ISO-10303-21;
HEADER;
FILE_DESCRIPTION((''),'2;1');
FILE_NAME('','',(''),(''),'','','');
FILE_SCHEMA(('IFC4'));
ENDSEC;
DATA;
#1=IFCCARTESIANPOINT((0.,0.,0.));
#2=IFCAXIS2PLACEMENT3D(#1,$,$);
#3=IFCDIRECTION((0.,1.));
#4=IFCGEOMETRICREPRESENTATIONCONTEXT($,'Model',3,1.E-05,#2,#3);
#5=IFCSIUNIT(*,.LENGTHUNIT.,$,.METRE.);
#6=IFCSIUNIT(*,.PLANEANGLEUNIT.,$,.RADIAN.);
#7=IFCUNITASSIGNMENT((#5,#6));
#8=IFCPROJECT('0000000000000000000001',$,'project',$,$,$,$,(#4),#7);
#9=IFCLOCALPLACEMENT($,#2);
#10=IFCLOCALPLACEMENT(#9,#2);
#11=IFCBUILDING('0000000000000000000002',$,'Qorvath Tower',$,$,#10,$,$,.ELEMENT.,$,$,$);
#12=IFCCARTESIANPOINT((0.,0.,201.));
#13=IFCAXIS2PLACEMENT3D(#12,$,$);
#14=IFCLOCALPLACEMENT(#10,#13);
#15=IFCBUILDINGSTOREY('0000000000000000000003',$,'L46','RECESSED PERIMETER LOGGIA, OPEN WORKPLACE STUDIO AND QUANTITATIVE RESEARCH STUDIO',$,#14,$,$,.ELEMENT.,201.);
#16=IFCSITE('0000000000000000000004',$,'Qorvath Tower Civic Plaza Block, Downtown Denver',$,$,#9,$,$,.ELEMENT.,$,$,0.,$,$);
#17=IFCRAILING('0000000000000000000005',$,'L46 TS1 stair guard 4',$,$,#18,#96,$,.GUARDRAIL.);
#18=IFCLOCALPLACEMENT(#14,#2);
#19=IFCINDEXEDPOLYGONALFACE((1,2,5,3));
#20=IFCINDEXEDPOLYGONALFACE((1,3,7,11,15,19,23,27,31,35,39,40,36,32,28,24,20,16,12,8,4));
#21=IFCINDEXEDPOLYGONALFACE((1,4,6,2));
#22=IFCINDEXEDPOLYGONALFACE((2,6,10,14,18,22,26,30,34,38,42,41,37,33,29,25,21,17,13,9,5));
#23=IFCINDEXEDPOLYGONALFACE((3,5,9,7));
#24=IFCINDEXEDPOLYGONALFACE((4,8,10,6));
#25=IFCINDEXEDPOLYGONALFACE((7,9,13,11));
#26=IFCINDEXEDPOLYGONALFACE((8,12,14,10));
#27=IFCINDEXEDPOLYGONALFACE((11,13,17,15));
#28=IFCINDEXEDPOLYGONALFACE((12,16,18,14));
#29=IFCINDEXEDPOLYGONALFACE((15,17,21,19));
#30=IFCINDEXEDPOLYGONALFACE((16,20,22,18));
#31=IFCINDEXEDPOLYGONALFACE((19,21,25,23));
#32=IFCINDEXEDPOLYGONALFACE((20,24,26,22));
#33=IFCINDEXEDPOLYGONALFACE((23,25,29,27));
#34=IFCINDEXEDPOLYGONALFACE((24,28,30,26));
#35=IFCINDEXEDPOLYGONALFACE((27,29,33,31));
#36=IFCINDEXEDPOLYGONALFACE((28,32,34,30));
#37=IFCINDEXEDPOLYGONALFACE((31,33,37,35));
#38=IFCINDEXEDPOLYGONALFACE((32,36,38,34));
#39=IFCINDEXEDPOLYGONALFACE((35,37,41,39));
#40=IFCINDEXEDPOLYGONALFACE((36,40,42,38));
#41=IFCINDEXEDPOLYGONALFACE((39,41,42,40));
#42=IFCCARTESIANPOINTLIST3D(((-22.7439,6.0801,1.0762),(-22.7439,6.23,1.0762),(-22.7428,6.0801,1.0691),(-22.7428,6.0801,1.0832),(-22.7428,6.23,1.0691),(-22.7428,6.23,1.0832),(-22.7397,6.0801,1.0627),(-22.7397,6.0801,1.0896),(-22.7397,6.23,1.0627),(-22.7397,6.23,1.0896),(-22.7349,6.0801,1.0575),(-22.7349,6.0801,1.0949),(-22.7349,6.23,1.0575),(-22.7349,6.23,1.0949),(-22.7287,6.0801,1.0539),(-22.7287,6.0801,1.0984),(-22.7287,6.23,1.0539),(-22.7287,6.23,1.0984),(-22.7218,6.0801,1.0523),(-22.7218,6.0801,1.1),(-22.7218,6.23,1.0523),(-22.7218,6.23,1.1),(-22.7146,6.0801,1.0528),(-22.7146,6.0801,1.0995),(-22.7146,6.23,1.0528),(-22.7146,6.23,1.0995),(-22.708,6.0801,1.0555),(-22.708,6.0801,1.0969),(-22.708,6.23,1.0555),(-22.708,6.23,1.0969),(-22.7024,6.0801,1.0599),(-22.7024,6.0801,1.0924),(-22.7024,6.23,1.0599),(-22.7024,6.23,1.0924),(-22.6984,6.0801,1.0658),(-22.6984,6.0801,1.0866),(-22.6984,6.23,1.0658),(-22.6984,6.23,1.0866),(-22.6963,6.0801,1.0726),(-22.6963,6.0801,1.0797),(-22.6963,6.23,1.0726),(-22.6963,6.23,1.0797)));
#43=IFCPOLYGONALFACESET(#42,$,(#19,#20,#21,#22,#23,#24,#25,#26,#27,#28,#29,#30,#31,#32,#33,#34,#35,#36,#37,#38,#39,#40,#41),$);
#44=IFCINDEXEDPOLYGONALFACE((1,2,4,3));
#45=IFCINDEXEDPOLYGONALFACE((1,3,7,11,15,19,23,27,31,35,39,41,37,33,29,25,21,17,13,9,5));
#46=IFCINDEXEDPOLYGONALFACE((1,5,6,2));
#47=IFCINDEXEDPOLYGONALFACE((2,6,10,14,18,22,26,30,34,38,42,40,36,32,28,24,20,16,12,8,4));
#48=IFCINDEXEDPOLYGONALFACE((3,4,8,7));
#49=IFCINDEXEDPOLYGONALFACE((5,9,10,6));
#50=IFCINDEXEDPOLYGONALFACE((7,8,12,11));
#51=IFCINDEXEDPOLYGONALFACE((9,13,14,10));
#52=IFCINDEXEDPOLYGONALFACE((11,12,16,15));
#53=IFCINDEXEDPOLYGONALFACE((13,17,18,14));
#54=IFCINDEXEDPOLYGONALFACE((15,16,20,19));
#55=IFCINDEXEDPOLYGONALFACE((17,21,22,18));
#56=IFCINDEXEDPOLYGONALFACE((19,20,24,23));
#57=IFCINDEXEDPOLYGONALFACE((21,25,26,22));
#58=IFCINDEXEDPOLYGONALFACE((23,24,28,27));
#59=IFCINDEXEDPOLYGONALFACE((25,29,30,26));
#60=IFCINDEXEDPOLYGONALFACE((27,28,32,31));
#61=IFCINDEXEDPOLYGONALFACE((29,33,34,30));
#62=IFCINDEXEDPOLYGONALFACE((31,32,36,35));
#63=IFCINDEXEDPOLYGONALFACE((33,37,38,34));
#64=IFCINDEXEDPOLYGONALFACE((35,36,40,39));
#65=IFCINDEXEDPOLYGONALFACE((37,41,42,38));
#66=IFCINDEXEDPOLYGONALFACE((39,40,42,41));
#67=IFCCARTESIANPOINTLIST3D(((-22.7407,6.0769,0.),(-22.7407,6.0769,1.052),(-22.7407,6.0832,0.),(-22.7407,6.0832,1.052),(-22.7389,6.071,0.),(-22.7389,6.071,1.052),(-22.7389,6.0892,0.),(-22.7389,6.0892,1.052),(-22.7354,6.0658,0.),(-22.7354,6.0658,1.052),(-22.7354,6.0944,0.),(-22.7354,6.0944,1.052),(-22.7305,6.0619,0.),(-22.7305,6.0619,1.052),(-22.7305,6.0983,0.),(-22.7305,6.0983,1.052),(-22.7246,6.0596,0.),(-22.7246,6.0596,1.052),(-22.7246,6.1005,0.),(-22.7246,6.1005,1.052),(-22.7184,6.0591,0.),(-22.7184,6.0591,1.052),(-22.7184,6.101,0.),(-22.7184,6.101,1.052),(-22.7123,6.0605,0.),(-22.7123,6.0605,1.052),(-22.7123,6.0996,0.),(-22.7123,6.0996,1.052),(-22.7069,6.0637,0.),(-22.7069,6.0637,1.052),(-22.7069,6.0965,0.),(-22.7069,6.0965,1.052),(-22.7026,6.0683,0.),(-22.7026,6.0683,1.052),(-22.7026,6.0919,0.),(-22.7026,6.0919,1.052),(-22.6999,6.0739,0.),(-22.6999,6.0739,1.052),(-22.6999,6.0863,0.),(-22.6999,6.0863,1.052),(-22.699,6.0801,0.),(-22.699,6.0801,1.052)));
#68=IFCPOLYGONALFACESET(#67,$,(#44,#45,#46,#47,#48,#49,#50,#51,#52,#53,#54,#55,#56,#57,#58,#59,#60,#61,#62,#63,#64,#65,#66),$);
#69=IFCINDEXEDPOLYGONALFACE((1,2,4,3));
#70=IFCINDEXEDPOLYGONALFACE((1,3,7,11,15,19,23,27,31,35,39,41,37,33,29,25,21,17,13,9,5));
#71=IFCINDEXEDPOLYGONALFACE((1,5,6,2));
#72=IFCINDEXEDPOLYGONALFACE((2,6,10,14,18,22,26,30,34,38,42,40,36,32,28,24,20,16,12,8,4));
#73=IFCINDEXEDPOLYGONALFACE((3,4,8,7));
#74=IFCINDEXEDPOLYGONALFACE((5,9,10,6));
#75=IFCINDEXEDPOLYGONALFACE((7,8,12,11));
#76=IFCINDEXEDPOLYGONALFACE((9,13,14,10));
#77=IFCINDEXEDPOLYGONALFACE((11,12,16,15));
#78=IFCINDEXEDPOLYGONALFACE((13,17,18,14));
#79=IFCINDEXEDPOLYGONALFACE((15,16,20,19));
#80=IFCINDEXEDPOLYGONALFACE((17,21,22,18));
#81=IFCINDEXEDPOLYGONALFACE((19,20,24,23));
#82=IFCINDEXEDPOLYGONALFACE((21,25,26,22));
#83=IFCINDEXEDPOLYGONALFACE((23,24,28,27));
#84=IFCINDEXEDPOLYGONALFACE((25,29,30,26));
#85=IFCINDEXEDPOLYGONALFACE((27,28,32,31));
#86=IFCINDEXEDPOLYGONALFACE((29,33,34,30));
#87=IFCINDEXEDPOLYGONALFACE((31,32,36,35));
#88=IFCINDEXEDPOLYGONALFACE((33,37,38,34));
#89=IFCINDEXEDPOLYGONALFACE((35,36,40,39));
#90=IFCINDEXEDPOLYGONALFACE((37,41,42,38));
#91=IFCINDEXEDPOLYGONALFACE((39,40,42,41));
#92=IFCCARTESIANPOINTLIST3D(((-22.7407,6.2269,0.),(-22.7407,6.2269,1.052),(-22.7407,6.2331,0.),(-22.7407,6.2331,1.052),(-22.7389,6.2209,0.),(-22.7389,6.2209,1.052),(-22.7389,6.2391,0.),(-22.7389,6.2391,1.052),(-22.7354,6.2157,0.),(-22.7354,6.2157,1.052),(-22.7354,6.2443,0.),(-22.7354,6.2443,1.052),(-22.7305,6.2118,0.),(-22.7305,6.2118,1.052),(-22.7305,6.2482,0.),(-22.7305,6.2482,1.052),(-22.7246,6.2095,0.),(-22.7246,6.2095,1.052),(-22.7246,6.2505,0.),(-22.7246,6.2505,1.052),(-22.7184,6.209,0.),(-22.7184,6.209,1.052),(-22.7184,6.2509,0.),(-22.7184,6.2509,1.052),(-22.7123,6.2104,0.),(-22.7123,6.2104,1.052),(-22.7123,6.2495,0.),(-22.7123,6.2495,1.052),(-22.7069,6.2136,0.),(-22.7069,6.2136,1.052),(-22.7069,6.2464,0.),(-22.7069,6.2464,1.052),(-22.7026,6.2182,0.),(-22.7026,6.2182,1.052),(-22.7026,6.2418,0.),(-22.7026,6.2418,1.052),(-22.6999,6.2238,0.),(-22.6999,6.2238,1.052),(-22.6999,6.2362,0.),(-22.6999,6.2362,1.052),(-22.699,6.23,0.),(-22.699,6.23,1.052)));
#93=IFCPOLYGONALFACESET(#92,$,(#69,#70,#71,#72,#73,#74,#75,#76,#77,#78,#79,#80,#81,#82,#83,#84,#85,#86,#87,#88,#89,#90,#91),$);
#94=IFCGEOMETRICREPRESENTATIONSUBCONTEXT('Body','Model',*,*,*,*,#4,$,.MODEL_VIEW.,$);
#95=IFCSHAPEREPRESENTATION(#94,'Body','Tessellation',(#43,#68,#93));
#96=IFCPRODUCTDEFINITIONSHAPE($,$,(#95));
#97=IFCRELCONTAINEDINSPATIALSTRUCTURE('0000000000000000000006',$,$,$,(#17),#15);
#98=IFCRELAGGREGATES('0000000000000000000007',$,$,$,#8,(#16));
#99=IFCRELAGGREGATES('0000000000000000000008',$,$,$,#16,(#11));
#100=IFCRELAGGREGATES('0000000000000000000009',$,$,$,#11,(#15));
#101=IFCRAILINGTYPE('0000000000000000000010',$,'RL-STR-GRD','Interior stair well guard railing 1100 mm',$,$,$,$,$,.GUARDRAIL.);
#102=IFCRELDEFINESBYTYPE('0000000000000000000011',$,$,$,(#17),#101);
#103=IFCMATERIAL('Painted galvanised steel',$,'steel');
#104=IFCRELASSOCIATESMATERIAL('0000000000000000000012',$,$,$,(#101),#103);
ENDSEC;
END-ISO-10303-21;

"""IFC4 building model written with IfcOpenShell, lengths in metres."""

from ifc_helpers import new_model, si_unit, direction, frame, origin, origin_2d, place, context, subcontext, project, spatial, circle, extrude, material, type_object, element, save


model = new_model("IFC4")

# Units and contexts
model_context = context("Model", 3, precision=1e-05, world=origin(), true_north=direction((0.0, 1.0)))
body_context = subcontext(model_context, "Body", "Model", "MODEL_VIEW")
ifc_project = project(units=[si_unit("LENGTHUNIT", "METRE"), si_unit("PLANEANGLEUNIT", "RADIAN")], contexts=[model_context])

# Site, building, storey
site_placement = place(None, origin())
site = spatial("IfcSite", under=ifc_project, at=site_placement, Name="Qorvath Tower Civic Plaza Block, Downtown Denver", CompositionType="ELEMENT", RefElevation=0.0)
building_placement = place(site_placement, origin())
building = spatial("IfcBuilding", under=site, at=building_placement, Name="Qorvath Tower", CompositionType="ELEMENT")
storey_placement = place(building_placement, frame((0.0, 0.0, 201.0)))
storey = spatial("IfcBuildingStorey", under=building, at=storey_placement, Name="L46", Description="RECESSED PERIMETER LOGGIA, OPEN WORKPLACE STUDIO AND QUANTITATIVE RESEARCH STUDIO", CompositionType="ELEMENT", Elevation=201.0)

# Railing
ifc_material_1 = material(Name="Painted galvanised steel", Category="steel")
railing_type_1 = type_object("IfcRailingType", Name="RL-STR-GRD", Description="Interior stair well guard railing 1100 mm", PredefinedType="GUARDRAIL", material=ifc_material_1)
railing_1_placement = place(storey_placement, frame((-22.72, 6.0801, 0.0)))
element("IfcRailing", 1, at=railing_1_placement, inside=storey, type_object=railing_type_1, Name="L46 TS1 stair guard 4", PredefinedType="GUARDRAIL", context=body_context, shape_type="SweptSolid", body=[
    extrude(circle(Radius=0.0239, at=origin_2d()), frame((0.0, 0.0, 1.0762), z_axis=(0.0, 1.0, 0.0), x_axis=(-1.0, 0.0, 0.0)), (0.0, 0.0, 1.0), 0.1499),
    extrude(circle(Radius=0.021, at=origin_2d()), origin(), (0.0, 0.0, 1.0), 1.052),
    extrude(circle(Radius=0.021, at=origin_2d()), frame((0.0, 0.1499, 0.0)), (0.0, 0.0, 1.0), 1.052),
])

save(model, "model.ifc")
